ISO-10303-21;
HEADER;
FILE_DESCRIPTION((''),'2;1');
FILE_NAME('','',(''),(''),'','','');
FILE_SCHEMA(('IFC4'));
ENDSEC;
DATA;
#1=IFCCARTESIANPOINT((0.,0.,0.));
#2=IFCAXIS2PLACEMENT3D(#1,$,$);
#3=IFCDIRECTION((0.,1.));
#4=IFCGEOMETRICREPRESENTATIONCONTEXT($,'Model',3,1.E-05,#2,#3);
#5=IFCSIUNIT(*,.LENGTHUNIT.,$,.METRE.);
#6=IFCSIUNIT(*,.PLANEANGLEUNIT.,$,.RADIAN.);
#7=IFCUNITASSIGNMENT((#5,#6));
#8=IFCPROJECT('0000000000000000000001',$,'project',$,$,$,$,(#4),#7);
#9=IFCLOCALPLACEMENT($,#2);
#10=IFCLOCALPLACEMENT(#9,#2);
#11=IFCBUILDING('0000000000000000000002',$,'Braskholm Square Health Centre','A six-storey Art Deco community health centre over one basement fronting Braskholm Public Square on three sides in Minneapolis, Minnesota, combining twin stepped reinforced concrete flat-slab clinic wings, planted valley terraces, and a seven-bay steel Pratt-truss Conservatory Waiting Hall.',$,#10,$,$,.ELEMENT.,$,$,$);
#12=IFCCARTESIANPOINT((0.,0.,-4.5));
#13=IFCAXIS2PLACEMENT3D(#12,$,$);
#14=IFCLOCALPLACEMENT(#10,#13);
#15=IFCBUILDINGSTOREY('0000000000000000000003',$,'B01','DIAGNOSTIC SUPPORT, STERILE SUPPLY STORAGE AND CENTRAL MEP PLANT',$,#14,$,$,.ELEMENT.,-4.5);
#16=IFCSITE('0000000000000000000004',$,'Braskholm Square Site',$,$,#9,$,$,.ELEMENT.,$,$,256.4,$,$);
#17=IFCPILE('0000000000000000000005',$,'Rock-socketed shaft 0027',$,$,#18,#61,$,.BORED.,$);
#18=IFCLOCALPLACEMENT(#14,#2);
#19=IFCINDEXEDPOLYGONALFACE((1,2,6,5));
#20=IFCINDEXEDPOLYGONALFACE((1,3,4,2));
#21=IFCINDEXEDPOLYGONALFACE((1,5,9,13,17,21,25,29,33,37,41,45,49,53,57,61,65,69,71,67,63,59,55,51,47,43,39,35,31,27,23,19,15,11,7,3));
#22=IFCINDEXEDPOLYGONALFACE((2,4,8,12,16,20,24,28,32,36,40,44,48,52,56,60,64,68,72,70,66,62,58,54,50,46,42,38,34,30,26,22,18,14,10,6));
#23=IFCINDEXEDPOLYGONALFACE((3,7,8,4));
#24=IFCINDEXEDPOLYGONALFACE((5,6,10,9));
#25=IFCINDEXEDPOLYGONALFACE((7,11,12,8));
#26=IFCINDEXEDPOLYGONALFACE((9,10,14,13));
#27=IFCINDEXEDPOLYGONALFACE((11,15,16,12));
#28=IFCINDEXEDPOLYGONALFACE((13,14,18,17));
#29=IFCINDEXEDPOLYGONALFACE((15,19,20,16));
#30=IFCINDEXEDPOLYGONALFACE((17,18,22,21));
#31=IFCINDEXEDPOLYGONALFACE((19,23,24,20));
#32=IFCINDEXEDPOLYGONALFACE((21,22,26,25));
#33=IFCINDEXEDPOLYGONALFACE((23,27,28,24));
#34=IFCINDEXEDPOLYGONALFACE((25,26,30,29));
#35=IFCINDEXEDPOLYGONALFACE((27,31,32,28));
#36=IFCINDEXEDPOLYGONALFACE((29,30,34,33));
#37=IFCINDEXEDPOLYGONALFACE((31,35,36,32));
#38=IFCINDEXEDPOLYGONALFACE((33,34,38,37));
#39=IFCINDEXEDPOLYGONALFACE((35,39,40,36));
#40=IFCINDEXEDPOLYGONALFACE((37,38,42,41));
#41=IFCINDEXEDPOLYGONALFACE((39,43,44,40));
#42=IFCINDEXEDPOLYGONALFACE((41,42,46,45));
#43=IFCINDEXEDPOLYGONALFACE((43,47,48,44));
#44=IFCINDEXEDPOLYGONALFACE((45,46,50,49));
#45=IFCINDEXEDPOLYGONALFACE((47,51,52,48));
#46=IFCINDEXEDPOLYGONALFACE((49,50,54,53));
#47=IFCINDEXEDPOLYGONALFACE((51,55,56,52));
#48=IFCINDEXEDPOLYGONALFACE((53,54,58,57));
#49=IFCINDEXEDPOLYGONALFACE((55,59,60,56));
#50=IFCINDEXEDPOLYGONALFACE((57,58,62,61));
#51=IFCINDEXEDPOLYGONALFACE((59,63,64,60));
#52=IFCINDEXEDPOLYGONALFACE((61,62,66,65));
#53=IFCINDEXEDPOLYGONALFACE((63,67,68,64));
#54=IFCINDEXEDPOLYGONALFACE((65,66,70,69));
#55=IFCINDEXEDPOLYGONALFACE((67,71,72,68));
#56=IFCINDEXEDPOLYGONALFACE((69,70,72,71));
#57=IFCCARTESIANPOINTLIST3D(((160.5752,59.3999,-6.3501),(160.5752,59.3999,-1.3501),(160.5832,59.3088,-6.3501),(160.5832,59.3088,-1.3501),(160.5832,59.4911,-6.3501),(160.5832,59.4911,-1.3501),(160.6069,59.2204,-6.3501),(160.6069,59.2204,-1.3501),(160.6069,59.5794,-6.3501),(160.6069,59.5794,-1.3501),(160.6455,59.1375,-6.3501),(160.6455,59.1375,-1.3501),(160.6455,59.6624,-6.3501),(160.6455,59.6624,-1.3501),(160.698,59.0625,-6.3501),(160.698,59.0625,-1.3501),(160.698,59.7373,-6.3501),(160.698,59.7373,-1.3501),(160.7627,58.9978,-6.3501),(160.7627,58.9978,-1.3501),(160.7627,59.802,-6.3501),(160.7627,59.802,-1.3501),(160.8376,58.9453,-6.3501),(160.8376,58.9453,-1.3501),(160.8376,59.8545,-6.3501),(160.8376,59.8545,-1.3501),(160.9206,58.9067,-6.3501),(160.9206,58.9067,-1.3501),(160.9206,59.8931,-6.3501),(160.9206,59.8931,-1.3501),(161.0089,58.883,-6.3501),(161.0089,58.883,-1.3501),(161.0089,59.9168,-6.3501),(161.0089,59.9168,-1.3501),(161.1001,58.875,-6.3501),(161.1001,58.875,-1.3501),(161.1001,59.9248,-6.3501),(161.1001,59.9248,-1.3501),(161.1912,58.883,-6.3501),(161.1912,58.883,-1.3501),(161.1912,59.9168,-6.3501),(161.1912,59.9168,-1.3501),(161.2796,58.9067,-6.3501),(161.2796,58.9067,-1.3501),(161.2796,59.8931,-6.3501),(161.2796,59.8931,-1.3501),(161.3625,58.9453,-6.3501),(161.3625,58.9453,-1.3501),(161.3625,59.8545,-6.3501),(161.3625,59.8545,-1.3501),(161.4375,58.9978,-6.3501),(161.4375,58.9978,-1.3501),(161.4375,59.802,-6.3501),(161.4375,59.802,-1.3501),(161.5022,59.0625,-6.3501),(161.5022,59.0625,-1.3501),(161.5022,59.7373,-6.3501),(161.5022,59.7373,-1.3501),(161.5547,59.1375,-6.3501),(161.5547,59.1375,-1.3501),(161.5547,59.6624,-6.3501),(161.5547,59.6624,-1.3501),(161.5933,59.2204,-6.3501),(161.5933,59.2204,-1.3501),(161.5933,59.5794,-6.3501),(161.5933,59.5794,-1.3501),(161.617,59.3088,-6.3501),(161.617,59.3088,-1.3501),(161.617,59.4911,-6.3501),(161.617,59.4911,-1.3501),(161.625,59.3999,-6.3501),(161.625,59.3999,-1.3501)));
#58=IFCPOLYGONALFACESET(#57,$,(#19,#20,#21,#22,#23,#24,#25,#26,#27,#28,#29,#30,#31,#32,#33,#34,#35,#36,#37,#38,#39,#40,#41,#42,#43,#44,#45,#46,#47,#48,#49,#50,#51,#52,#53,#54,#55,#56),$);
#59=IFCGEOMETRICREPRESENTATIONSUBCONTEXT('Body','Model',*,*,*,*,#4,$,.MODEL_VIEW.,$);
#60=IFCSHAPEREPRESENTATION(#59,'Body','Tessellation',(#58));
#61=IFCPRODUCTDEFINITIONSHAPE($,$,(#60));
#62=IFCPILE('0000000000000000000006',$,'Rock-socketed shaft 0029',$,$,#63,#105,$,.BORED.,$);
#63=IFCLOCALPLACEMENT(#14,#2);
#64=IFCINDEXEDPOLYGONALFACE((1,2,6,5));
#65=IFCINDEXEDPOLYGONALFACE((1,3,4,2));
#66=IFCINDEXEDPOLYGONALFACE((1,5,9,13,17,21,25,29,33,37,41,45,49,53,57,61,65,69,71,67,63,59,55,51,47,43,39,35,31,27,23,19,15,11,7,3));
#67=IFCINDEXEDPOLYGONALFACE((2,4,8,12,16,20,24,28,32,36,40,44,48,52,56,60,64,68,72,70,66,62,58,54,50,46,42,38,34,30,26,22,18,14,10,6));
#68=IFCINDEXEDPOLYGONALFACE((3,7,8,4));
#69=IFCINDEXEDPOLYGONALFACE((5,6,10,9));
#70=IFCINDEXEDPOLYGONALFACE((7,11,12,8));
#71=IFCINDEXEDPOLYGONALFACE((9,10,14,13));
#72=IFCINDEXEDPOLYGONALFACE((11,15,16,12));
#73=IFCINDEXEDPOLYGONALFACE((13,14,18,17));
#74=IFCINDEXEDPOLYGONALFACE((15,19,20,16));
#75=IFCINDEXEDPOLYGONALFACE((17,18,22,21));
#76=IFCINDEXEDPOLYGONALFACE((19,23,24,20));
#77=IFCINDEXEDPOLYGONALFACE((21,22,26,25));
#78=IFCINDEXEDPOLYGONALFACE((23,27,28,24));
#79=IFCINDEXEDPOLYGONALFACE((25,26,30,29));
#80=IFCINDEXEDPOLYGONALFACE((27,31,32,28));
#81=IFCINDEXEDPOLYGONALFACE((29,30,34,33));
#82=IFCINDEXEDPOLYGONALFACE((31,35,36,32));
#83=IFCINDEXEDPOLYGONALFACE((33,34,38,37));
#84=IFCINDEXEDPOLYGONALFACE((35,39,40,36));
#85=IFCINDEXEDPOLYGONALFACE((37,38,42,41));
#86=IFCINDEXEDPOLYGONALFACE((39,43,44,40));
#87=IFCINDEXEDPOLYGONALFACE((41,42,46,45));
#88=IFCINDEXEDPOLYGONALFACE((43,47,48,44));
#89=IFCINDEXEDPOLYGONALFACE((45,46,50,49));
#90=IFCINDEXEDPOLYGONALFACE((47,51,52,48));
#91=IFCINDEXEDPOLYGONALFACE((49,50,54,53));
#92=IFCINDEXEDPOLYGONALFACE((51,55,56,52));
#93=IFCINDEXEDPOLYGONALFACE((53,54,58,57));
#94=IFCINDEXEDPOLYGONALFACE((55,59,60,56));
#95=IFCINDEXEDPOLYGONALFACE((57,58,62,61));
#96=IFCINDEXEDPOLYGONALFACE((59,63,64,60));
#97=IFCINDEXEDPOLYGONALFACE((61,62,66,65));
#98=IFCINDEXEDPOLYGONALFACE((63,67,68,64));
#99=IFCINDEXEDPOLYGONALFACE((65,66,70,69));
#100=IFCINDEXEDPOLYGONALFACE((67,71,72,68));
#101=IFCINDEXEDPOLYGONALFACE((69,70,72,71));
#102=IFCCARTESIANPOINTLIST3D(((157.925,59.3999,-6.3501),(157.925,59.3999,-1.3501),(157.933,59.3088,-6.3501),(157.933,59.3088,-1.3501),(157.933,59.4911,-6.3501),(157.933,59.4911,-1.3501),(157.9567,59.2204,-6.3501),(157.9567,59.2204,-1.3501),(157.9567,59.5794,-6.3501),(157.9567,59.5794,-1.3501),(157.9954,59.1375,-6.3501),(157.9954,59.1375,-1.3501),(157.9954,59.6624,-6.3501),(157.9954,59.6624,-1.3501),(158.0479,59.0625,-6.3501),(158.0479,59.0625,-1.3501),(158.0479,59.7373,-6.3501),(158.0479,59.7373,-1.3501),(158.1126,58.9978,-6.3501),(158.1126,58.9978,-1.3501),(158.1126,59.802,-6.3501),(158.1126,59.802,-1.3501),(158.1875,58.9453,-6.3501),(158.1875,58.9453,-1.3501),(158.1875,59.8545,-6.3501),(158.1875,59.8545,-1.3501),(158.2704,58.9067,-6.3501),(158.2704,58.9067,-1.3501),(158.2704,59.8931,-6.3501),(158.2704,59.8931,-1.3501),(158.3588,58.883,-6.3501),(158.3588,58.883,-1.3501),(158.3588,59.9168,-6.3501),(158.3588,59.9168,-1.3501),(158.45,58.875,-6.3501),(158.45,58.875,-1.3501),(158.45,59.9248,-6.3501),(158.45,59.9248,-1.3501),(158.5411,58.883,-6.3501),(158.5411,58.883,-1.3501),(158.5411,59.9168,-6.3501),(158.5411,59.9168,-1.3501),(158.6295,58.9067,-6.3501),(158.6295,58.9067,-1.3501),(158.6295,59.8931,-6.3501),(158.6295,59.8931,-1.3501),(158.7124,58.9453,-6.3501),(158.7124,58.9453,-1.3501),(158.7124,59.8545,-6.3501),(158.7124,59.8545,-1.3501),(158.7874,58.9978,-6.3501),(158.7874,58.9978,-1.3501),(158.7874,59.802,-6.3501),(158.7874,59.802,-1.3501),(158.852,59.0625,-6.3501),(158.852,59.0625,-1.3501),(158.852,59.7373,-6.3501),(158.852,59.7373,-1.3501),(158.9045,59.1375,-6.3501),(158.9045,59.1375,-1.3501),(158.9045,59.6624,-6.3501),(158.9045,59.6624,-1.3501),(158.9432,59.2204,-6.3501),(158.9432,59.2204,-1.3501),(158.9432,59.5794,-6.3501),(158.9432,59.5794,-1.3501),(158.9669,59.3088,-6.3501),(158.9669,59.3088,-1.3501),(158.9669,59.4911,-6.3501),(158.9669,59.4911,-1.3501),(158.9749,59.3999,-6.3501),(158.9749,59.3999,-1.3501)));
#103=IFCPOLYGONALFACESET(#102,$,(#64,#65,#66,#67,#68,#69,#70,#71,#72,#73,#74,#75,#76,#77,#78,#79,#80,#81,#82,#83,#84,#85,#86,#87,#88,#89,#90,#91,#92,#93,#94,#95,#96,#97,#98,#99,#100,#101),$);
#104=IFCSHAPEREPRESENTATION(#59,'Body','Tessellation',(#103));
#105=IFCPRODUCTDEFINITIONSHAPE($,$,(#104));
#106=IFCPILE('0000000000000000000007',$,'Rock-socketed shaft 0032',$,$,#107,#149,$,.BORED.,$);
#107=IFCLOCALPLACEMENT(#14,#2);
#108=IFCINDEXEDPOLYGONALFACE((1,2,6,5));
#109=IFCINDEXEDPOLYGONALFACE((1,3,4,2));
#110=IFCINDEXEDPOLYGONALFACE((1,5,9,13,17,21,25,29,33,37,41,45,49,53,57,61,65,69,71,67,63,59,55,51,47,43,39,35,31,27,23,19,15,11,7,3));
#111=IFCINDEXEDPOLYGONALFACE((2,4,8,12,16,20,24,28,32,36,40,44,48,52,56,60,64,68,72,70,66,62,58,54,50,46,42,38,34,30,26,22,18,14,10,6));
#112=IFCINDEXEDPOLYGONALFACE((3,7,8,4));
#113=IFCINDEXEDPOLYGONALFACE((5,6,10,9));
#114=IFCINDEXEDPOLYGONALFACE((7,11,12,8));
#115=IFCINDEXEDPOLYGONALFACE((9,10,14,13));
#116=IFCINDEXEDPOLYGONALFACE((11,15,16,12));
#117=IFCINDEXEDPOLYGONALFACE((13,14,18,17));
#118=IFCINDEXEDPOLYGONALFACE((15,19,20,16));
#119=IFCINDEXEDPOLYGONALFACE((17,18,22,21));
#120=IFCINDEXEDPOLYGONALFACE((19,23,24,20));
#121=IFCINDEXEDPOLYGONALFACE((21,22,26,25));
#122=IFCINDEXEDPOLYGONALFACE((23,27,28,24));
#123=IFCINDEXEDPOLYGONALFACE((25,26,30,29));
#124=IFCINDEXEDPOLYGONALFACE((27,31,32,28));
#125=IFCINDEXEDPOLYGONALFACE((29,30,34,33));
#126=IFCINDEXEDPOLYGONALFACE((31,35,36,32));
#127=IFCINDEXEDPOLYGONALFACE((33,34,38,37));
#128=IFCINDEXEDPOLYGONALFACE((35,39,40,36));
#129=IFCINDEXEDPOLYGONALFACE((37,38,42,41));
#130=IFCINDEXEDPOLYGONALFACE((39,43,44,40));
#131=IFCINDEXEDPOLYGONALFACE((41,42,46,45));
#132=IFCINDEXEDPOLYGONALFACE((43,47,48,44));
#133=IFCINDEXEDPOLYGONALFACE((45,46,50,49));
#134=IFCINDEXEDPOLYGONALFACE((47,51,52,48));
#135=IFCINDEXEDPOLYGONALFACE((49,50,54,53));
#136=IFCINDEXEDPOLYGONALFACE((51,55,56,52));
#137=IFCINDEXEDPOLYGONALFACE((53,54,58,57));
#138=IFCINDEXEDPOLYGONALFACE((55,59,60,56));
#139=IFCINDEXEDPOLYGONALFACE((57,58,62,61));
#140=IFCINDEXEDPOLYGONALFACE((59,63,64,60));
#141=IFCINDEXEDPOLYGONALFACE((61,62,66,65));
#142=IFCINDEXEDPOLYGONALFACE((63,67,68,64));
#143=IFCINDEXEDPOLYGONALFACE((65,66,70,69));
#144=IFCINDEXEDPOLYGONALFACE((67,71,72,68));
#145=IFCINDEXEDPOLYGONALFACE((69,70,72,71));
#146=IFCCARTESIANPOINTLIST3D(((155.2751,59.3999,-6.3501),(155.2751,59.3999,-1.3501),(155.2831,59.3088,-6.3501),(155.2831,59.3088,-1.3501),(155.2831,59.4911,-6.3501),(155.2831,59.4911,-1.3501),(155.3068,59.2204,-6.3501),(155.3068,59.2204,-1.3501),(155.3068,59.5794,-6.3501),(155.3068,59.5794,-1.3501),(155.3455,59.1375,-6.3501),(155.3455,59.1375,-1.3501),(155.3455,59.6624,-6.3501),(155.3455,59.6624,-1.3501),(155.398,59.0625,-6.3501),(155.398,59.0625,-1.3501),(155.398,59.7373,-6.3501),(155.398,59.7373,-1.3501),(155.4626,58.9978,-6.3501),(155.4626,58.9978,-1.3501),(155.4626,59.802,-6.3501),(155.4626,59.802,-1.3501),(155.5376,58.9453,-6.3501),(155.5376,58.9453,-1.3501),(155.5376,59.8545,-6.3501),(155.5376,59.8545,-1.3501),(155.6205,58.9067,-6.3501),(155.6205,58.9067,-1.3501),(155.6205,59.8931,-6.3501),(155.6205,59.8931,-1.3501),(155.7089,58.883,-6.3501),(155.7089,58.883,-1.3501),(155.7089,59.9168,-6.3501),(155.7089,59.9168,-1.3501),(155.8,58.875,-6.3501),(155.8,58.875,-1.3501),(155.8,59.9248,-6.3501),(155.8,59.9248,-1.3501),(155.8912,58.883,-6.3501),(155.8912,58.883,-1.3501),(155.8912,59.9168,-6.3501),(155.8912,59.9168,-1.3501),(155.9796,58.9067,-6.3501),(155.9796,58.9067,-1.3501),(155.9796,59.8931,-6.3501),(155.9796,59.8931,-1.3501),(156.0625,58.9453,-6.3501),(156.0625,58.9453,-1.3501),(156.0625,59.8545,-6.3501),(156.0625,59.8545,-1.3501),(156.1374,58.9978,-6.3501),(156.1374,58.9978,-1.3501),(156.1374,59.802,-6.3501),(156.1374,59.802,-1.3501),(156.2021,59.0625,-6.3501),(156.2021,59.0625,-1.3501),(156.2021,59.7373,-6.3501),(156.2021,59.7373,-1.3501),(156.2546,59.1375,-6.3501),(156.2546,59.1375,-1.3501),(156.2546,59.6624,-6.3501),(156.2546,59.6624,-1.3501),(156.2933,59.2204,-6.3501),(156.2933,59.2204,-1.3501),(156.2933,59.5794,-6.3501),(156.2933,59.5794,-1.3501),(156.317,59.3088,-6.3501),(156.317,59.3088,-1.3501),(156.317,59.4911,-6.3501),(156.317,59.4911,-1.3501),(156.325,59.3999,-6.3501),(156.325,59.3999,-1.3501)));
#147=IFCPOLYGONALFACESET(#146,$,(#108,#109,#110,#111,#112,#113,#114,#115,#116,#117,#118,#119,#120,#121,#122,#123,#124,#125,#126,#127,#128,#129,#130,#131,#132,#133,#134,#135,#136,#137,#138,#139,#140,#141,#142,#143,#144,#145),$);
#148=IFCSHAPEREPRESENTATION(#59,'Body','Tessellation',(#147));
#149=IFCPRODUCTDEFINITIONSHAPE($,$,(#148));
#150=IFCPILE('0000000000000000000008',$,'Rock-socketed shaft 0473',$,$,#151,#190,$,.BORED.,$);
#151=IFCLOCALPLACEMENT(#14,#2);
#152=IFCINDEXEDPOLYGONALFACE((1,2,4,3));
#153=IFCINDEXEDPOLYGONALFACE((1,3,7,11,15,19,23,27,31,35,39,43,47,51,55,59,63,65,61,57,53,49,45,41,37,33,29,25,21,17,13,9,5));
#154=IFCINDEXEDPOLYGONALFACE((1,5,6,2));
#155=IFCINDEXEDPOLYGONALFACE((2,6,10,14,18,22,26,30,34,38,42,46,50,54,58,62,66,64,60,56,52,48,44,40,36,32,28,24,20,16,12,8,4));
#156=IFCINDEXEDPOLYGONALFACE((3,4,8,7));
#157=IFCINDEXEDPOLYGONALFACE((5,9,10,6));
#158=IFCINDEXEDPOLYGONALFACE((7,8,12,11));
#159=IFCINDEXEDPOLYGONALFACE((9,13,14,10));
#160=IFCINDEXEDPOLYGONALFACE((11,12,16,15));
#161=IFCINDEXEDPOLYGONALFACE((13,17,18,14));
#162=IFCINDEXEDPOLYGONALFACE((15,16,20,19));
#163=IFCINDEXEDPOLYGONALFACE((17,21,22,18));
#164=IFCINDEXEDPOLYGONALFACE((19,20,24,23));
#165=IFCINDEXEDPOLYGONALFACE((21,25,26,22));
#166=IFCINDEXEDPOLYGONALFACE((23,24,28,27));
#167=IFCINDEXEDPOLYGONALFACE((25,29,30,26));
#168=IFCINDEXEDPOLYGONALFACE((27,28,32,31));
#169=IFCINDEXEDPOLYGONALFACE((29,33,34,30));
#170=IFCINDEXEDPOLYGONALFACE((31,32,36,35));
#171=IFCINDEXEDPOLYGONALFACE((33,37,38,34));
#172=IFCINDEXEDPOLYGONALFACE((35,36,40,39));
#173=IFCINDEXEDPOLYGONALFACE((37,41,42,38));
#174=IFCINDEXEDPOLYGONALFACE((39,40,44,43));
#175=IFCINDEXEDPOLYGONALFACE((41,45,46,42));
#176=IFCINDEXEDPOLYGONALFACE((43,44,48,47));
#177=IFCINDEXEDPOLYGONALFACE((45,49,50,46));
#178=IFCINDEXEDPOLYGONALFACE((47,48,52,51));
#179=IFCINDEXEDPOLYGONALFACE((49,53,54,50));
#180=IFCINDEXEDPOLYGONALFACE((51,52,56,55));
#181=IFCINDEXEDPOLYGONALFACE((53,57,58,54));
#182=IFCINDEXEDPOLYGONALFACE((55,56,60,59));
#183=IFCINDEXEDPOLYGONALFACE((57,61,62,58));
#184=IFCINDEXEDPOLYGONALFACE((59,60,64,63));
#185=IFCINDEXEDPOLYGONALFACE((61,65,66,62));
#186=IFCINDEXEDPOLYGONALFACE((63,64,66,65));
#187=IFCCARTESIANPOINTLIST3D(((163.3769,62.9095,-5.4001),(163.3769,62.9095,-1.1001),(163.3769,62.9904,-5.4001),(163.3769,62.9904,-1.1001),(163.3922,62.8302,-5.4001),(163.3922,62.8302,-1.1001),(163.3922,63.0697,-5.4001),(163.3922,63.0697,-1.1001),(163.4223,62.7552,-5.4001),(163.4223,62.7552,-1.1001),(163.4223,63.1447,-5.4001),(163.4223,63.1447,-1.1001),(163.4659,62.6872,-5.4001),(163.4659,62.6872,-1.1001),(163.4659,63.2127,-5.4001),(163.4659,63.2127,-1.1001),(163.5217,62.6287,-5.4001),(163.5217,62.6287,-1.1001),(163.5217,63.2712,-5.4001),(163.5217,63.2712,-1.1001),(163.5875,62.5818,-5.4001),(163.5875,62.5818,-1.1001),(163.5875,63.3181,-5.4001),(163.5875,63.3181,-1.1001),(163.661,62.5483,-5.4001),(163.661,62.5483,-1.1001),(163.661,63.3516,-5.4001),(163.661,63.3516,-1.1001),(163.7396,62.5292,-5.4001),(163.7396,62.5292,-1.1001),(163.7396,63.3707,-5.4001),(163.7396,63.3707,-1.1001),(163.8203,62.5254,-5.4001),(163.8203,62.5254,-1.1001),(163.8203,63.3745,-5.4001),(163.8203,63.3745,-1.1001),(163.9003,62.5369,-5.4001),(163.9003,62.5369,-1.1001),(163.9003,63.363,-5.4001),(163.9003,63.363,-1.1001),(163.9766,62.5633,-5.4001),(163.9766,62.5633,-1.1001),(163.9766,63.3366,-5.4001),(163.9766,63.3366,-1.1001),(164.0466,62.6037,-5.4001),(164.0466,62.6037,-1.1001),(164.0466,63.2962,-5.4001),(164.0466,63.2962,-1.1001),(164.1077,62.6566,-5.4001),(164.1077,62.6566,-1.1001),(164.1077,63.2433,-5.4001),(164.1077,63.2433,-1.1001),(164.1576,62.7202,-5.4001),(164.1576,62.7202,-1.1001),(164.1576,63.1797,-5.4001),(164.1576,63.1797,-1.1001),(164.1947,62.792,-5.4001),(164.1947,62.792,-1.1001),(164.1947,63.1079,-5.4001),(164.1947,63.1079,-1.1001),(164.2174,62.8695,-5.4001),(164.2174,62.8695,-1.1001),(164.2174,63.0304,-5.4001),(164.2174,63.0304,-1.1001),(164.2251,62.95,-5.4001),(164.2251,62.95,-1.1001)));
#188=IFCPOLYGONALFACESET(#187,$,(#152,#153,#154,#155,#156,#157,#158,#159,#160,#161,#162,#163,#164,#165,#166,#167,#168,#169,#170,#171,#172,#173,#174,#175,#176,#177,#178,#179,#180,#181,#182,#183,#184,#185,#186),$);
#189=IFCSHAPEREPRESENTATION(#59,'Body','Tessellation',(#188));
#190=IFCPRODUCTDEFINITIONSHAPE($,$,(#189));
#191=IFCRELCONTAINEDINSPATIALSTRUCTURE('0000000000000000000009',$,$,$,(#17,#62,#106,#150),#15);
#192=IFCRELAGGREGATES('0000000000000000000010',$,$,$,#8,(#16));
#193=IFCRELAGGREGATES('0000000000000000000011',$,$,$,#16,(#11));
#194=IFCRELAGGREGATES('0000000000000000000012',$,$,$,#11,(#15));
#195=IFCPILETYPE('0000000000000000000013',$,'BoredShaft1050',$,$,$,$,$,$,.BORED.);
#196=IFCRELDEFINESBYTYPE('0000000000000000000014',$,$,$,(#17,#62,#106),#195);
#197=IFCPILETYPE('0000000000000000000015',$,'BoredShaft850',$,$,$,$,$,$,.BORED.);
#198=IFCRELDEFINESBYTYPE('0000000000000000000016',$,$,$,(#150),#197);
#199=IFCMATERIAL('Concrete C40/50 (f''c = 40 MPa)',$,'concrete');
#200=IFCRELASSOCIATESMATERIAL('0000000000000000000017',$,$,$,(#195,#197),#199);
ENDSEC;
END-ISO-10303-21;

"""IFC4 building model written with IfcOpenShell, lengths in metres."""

from ifc_helpers import new_model, si_unit, direction, frame, origin, origin_2d, place, context, subcontext, project, spatial, circle, extrude, material, material_profile, profile_set, type_object, element, save


model = new_model("IFC4")

# Units and contexts
model_context = context("Model", 3, precision=1e-05, world=origin(), true_north=direction((0.0, 1.0)))
body_context = subcontext(model_context, "Body", "Model", "MODEL_VIEW")
ifc_project = project(units=[si_unit("LENGTHUNIT", "METRE"), si_unit("PLANEANGLEUNIT", "RADIAN")], contexts=[model_context])

# Site, building, storey
site_placement = place(None, origin())
site = spatial("IfcSite", under=ifc_project, at=site_placement, Name="Braskholm Square Site", CompositionType="ELEMENT", RefElevation=256.4)
building_placement = place(site_placement, origin())
building = spatial("IfcBuilding", under=site, at=building_placement, Name="Braskholm Square Health Centre", Description="A six-storey Art Deco community health centre over one basement fronting Braskholm Public Square on three sides in Minneapolis, Minnesota, combining twin stepped reinforced concrete flat-slab clinic wings, planted valley terraces, and a seven-bay steel Pratt-truss Conservatory Waiting Hall.", CompositionType="ELEMENT")
storey_placement = place(building_placement, frame((0.0, 0.0, -4.5)))
storey = spatial("IfcBuildingStorey", under=building, at=storey_placement, Name="B01", Description="DIAGNOSTIC SUPPORT, STERILE SUPPLY STORAGE AND CENTRAL MEP PLANT", CompositionType="ELEMENT", Elevation=-4.5)

# Piles
ifc_material_1 = material(Name="Concrete C40/50 (f'c = 40 MPa)", Category="concrete")
ifc_material_profile_1 = material_profile(ifc_material_1, circle(Radius=0.5249, at=origin_2d()), Name="BORED-PILE-1050")
ifc_profile_set_1 = profile_set([ifc_material_profile_1], Name="Concrete C40/50 (f'c = 40 MPa)")
pile_type_1 = type_object("IfcPileType", Name="BoredShaft1050", PredefinedType="BORED", material=ifc_profile_set_1)
for number, where, z_axis, x_axis, name in (
    (1, (161.1001, 59.3999, -1.3501), (0.0, 0.0, -1.0), (1.0, 0.0, 0.0), "Rock-socketed shaft 0027"),
    (2, (158.45, 59.3999, -1.3501), (0.0, 0.0, -1.0), (1.0, 0.0, 0.0), "Rock-socketed shaft 0029"),
    (3, (155.8, 59.3999, -1.3501), (0.0, 0.0, -1.0), (1.0, 0.0, 0.0), "Rock-socketed shaft 0032"),
):
    element("IfcPile", number, at=place(storey_placement, frame(where, z_axis=z_axis, x_axis=x_axis)), inside=storey, type_object=pile_type_1, Name=name, PredefinedType="BORED", context=body_context, shape_type="SweptSolid", body=[
        extrude(circle(Radius=0.5249, at=origin_2d()), origin(), (0.0, 0.0, 1.0), 5.0),
    ])
ifc_material_profile_2 = material_profile(ifc_material_1, circle(Radius=0.425, at=origin_2d()), Name="BORED-PILE-850")
ifc_profile_set_2 = profile_set([ifc_material_profile_2], Name="Concrete C40/50 (f'c = 40 MPa)")
pile_type_2 = type_object("IfcPileType", Name="BoredShaft850", PredefinedType="BORED", material=ifc_profile_set_2)
for number, where, z_axis, x_axis, name in (
    (4, (163.8, 62.95, -1.1001), (0.0, 0.0, -1.0), (1.0, 0.0, 0.0), "Rock-socketed shaft 0473"),
):
    element("IfcPile", number, at=place(storey_placement, frame(where, z_axis=z_axis, x_axis=x_axis)), inside=storey, type_object=pile_type_2, Name=name, PredefinedType="BORED", context=body_context, shape_type="SweptSolid", body=[
        extrude(circle(Radius=0.425, at=origin_2d()), origin(), (0.0, 0.0, 1.0), 4.3),
    ])

save(model, "model.ifc")
